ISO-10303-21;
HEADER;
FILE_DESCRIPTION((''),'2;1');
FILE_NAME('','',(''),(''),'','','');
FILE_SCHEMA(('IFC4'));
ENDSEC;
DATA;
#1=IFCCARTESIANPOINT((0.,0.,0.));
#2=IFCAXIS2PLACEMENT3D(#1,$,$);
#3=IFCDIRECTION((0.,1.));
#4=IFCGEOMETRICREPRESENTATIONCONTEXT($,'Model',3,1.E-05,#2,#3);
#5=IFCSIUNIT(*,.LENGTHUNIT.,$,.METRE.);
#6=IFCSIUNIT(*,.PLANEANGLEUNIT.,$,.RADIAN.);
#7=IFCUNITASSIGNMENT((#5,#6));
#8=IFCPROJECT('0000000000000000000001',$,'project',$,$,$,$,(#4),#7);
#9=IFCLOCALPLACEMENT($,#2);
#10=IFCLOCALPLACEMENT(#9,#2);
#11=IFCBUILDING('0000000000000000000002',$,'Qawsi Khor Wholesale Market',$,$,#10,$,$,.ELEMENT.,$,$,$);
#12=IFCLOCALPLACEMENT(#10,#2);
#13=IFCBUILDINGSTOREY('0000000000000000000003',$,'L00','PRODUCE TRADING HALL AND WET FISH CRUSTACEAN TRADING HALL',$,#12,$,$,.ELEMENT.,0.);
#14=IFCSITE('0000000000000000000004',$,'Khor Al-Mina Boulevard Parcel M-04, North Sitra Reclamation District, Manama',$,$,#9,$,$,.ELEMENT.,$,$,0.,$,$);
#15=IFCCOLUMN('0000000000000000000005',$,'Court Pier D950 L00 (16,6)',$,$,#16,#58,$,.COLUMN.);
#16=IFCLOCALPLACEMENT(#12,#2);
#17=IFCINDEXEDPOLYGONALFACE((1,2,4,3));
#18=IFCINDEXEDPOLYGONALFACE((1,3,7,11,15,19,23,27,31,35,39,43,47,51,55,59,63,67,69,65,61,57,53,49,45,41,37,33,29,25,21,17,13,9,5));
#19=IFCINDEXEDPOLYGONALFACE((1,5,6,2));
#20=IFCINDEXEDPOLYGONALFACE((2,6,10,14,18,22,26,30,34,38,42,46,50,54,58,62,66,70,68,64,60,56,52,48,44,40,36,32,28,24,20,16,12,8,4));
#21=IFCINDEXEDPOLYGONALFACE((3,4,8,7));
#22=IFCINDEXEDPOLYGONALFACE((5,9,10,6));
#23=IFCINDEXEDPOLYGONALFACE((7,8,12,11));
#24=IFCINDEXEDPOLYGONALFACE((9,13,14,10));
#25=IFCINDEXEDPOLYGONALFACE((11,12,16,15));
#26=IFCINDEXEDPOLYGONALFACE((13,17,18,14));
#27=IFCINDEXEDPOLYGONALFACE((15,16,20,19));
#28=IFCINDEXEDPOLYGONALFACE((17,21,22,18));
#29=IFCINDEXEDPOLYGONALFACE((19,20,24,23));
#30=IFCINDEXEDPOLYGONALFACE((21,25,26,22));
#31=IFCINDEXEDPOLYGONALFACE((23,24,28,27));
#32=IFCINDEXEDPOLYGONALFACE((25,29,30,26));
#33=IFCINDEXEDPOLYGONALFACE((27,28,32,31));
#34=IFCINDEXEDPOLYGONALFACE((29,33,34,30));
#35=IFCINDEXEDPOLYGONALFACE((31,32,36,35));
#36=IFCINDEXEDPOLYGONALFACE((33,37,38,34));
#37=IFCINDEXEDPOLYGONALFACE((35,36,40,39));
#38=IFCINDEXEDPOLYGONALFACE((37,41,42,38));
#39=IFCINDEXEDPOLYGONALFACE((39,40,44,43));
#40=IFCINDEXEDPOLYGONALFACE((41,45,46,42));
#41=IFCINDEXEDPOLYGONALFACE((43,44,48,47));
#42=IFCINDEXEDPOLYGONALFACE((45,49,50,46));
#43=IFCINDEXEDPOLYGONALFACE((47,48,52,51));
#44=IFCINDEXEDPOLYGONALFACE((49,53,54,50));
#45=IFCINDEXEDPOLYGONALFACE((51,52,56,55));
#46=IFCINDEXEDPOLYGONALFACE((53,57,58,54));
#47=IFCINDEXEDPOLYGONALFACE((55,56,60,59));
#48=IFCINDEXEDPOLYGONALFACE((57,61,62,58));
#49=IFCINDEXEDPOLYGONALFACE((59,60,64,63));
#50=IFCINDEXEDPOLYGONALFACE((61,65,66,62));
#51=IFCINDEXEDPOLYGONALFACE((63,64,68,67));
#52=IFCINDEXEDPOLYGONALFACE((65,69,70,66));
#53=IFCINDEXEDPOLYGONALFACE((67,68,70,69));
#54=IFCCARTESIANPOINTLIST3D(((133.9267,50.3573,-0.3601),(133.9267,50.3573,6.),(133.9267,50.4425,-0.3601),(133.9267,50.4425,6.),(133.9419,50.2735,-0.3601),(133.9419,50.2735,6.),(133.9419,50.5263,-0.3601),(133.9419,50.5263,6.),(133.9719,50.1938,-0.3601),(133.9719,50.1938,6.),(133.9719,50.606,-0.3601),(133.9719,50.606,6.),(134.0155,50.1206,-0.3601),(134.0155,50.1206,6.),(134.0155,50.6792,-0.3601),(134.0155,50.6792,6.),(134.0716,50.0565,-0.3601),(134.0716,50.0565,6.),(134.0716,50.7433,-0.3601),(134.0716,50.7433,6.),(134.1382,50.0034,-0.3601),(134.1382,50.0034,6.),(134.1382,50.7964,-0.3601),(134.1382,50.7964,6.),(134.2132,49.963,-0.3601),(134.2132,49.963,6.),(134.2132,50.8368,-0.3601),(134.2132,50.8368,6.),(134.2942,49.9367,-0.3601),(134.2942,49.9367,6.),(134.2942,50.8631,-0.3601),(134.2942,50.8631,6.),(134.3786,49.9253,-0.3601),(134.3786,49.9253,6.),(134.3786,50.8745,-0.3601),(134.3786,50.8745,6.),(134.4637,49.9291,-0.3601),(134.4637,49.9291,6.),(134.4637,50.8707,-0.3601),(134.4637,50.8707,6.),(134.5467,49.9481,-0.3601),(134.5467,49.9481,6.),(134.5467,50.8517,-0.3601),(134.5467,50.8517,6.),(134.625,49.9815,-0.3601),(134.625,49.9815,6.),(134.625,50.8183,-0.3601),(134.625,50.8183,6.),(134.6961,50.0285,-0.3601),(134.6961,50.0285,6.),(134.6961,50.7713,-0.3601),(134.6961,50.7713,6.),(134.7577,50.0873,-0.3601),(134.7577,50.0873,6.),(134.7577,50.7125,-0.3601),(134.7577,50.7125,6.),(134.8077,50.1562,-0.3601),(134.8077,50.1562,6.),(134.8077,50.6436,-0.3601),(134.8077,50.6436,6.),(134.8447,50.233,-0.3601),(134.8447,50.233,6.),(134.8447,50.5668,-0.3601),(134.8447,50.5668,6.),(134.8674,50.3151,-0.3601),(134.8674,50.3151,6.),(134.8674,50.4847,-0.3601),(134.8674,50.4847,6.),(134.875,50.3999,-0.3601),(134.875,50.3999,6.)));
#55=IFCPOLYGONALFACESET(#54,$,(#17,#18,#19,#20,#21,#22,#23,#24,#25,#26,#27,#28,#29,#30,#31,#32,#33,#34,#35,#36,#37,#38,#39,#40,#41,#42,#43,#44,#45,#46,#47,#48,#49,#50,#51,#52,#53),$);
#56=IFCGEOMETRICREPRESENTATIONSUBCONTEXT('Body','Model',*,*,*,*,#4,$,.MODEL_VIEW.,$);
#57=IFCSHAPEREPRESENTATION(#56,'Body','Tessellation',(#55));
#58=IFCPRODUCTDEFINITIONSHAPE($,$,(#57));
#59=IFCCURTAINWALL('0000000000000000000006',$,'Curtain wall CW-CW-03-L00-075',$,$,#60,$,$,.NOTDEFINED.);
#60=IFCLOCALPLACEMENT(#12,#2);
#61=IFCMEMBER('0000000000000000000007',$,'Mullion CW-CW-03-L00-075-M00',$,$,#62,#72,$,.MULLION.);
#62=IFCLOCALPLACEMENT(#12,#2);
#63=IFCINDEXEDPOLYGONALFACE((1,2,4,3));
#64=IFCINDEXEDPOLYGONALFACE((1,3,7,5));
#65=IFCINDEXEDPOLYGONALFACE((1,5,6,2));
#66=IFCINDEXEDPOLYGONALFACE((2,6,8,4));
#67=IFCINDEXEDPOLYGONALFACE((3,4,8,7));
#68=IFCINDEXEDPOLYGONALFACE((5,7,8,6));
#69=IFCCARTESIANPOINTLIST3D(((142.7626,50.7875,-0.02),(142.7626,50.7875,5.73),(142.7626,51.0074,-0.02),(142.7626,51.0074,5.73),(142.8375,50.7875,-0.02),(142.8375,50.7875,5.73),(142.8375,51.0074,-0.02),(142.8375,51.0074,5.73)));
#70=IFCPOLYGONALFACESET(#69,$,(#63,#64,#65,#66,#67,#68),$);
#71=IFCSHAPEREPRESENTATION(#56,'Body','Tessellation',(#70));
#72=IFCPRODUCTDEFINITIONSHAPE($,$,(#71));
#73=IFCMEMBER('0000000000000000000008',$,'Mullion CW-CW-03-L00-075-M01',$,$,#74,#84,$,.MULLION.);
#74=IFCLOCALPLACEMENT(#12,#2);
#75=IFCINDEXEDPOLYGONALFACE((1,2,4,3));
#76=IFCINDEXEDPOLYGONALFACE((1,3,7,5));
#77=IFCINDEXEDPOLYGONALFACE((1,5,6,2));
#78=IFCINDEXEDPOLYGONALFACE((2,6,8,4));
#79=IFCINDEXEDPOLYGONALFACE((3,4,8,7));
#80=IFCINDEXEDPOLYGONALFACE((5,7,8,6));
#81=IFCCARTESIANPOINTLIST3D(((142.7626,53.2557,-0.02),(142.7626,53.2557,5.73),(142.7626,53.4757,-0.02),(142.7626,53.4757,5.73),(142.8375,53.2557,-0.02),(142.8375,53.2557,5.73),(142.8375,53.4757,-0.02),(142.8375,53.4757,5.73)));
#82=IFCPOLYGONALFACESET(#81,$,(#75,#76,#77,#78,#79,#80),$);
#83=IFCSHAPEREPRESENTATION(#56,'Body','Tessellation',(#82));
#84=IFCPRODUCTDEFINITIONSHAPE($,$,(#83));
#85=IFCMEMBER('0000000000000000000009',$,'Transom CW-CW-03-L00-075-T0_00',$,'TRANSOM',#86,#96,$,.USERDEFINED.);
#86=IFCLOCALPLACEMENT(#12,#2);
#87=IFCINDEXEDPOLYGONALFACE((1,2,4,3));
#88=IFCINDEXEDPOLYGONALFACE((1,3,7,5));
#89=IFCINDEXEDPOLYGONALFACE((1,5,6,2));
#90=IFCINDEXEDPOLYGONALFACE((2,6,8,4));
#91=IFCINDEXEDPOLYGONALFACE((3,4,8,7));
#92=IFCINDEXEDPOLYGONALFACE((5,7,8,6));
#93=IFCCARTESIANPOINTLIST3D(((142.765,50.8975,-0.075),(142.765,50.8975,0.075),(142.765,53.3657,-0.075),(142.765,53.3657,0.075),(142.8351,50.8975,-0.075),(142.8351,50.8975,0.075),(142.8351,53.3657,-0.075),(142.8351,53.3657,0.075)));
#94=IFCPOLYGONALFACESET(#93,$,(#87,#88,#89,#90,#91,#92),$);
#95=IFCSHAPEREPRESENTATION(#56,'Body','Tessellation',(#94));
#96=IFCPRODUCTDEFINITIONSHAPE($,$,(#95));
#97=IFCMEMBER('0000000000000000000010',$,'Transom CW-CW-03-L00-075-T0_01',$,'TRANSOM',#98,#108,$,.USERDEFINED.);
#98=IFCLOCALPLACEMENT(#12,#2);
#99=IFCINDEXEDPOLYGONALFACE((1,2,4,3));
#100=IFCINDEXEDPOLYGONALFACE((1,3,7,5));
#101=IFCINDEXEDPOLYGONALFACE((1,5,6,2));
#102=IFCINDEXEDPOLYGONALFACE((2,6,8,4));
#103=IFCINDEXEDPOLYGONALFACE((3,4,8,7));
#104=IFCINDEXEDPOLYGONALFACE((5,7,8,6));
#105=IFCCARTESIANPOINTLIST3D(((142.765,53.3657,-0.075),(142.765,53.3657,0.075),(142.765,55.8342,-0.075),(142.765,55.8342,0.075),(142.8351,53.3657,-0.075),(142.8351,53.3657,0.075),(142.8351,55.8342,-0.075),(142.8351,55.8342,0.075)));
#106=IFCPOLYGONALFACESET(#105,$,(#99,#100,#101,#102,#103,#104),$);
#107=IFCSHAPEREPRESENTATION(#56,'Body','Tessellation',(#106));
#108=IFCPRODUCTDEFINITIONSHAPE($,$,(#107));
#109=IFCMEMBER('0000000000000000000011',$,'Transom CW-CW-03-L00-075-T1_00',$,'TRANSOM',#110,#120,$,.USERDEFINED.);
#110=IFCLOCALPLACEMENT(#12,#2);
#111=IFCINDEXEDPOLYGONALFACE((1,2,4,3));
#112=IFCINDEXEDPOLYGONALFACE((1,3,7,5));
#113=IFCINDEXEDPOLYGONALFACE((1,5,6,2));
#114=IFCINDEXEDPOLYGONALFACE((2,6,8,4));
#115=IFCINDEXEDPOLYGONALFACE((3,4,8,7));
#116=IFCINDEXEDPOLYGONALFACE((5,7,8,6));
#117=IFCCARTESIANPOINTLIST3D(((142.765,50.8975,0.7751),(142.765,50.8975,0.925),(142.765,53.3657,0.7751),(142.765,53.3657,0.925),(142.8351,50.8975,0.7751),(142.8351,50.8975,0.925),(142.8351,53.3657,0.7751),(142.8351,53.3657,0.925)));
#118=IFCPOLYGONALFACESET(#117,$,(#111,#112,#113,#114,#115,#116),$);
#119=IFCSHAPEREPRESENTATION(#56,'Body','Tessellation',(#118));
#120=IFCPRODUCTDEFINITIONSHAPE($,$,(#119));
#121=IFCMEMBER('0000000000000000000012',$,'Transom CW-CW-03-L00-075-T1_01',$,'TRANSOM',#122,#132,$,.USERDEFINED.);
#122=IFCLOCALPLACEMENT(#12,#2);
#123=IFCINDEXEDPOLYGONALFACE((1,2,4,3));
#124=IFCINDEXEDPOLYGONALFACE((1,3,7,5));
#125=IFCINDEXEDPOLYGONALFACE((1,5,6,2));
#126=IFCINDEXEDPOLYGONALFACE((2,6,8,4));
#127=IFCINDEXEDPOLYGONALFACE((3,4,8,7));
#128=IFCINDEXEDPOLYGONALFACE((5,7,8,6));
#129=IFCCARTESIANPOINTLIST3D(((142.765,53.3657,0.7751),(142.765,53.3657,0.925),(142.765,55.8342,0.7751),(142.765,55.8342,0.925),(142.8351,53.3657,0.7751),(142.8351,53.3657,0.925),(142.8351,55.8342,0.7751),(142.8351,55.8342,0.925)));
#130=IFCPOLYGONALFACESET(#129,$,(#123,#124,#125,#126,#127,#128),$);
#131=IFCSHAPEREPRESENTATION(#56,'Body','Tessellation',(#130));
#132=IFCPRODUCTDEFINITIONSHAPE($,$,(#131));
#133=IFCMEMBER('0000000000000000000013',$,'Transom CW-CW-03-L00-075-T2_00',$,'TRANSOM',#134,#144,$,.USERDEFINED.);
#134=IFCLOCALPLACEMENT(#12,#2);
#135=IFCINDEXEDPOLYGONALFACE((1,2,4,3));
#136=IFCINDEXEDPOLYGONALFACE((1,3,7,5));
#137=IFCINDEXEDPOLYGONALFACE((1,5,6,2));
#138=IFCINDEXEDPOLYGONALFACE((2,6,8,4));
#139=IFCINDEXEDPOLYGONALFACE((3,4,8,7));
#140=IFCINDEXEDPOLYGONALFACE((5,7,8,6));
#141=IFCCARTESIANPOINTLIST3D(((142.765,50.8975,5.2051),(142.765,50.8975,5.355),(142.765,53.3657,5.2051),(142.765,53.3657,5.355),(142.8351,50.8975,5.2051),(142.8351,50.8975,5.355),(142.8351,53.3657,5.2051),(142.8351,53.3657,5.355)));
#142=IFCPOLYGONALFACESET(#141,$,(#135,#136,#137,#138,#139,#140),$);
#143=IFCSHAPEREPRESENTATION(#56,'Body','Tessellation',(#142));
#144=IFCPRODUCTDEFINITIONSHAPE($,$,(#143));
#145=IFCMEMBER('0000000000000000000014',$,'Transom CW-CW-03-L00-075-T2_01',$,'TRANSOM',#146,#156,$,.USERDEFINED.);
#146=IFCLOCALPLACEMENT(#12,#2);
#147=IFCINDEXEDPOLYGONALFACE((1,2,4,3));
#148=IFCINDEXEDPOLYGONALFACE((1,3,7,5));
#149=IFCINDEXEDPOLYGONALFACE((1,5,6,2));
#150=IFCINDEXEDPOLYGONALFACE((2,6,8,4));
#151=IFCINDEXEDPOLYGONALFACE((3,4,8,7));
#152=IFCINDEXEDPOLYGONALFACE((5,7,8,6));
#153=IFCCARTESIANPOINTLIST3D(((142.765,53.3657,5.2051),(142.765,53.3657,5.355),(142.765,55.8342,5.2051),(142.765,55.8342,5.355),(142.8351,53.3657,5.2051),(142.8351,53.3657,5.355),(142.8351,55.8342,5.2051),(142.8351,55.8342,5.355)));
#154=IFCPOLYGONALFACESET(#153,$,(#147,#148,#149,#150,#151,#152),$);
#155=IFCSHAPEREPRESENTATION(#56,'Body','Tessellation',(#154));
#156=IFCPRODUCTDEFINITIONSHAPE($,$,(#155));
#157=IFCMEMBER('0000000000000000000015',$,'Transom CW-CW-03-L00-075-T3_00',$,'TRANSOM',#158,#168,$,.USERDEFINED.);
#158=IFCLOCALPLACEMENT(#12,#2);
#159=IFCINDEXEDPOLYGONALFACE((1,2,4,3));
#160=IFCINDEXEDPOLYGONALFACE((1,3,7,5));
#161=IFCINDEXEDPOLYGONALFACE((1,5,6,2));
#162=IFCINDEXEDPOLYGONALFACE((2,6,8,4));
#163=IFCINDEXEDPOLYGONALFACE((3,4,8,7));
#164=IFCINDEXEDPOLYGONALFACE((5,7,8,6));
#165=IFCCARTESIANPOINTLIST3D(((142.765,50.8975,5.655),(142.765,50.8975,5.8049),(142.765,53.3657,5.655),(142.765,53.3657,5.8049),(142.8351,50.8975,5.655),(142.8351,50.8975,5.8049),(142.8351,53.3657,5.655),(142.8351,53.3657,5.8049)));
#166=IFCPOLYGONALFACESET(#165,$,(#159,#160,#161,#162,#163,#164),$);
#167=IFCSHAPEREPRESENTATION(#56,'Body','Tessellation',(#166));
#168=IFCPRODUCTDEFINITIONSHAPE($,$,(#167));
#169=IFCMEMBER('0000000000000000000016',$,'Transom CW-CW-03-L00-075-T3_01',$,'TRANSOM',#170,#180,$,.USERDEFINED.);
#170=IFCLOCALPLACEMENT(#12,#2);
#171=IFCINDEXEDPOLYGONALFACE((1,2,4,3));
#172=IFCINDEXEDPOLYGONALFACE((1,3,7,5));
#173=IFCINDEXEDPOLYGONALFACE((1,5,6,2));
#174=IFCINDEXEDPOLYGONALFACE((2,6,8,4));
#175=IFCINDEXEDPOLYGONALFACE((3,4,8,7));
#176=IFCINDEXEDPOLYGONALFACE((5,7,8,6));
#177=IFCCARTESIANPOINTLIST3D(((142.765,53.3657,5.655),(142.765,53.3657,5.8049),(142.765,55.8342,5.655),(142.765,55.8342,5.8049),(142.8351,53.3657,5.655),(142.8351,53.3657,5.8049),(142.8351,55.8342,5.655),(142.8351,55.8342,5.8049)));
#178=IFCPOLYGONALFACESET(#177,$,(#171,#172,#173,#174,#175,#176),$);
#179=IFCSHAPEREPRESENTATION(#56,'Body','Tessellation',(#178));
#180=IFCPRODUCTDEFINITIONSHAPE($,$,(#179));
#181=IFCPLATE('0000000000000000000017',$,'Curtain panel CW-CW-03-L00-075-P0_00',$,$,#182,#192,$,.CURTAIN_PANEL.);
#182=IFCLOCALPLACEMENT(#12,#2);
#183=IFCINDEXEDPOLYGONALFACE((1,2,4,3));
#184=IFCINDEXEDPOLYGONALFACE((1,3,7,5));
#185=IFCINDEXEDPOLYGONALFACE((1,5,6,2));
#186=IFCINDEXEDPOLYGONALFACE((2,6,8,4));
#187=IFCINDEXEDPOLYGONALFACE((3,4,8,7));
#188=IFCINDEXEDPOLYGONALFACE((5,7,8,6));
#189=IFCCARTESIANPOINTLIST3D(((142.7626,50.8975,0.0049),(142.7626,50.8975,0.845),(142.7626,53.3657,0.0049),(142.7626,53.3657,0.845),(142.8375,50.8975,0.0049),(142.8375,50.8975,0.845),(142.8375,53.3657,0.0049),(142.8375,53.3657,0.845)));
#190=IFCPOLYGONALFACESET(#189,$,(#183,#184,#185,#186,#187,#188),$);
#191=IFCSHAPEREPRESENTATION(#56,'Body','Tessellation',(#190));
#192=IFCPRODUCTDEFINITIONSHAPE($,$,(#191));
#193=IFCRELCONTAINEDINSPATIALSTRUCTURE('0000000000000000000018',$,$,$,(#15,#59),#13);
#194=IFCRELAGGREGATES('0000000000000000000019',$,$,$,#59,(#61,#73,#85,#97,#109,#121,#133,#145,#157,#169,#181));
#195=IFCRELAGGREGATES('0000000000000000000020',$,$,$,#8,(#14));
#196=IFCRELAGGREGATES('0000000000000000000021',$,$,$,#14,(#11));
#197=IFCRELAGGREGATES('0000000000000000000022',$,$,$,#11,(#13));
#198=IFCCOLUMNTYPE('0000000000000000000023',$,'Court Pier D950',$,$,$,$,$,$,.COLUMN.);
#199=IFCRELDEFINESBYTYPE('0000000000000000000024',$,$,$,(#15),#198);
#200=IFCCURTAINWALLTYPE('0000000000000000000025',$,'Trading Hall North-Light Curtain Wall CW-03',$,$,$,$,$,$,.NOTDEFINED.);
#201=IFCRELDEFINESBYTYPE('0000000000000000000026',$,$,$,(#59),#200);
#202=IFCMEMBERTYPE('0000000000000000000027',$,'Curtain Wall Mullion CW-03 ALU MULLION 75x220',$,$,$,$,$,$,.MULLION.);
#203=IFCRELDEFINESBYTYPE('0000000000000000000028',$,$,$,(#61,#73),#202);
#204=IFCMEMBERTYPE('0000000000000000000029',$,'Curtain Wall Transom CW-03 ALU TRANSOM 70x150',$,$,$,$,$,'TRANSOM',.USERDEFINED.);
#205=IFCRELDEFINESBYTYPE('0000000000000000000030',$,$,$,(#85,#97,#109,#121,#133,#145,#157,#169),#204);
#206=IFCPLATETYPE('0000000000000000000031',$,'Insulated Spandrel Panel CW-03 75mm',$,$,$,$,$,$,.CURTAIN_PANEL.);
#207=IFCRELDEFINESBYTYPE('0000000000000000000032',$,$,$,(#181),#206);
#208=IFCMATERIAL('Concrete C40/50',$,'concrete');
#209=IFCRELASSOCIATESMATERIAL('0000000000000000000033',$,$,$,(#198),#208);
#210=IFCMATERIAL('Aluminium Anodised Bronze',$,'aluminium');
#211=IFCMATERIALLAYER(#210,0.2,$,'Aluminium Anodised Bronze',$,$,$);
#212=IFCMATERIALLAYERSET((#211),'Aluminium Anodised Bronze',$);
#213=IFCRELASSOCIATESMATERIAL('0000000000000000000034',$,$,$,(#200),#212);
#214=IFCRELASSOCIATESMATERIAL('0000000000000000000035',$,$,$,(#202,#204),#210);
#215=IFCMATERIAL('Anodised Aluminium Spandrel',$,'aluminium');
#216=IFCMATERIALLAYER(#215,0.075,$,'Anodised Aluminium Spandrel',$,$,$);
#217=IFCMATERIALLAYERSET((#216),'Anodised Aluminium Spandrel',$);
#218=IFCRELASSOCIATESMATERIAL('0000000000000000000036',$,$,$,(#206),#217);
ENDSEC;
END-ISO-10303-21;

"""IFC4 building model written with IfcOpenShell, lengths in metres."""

from ifc_helpers import new_model, si_unit, direction, frame, frame_2d, origin, origin_2d, place, context, subcontext, project, spatial, rectangle, circle, extrude, material, layer, layer_set, material_profile, profile_set, type_object, element, aggregate, save


model = new_model("IFC4")

# Units and contexts
model_context = context("Model", 3, precision=1e-05, world=origin(), true_north=direction((0.0, 1.0)))
body_context = subcontext(model_context, "Body", "Model", "MODEL_VIEW")
ifc_project = project(units=[si_unit("LENGTHUNIT", "METRE"), si_unit("PLANEANGLEUNIT", "RADIAN")], contexts=[model_context])

# Site, building, storey
site_placement = place(None, origin())
site = spatial("IfcSite", under=ifc_project, at=site_placement, Name="Khor Al-Mina Boulevard Parcel M-04, North Sitra Reclamation District, Manama", CompositionType="ELEMENT", RefElevation=0.0)
building_placement = place(site_placement, origin())
building = spatial("IfcBuilding", under=site, at=building_placement, Name="Qawsi Khor Wholesale Market", CompositionType="ELEMENT")
storey_placement = place(building_placement, origin())
storey = spatial("IfcBuildingStorey", under=building, at=storey_placement, Name="L00", Description="PRODUCE TRADING HALL AND WET FISH CRUSTACEAN TRADING HALL", CompositionType="ELEMENT", Elevation=0.0)

# Column
ifc_material_1 = material(Name="Concrete C40/50", Category="concrete")
ifc_material_profile_1 = material_profile(ifc_material_1, circle(Radius=0.4751, at=origin_2d()), Name="RC COL D950")
ifc_profile_set_1 = profile_set([ifc_material_profile_1], Name="Concrete C40/50")
column_type_1 = type_object("IfcColumnType", Name="Court Pier D950", PredefinedType="COLUMN", material=ifc_profile_set_1)
column_1_placement = place(storey_placement, frame((134.3999, 50.3999, -0.3601), z_axis=(0.0, 0.0, 1.0), x_axis=(1.0, 0.0, 0.0)))
element("IfcColumn", 1, at=column_1_placement, inside=storey, type_object=column_type_1, Name="Court Pier D950 L00 (16,6)", PredefinedType="COLUMN", context=body_context, shape_type="SweptSolid", body=[
    extrude(circle(Radius=0.4751, at=origin_2d()), origin(), (0.0, 0.0, 1.0), 6.3601),
])

# Curtain wall, members, plate
ifc_material_2 = material(Name="Aluminium Anodised Bronze", Category="aluminium")
ifc_layer_1 = layer(ifc_material_2, 0.2, Name="Aluminium Anodised Bronze")
ifc_layer_set_1 = layer_set([ifc_layer_1], Name="Aluminium Anodised Bronze")
curtain_wall_type = type_object("IfcCurtainWallType", Name="Trading Hall North-Light Curtain Wall CW-03", PredefinedType="NOTDEFINED", material=ifc_layer_set_1)
curtain_wall_placement = place(storey_placement, origin())
curtain_wall = element("IfcCurtainWall", 2, at=curtain_wall_placement, inside=storey, type_object=curtain_wall_type, Name="Curtain wall CW-CW-03-L00-075", PredefinedType="NOTDEFINED")
ifc_material_profile_2 = material_profile(ifc_material_2, rectangle(XDim=0.075, YDim=0.22, at=origin_2d()), Name="ALU MULLION 75x220")
ifc_profile_set_2 = profile_set([ifc_material_profile_2], Name="Aluminium Anodised Bronze")
member_type_1 = type_object("IfcMemberType", Name="Curtain Wall Mullion CW-03 ALU MULLION 75x220", PredefinedType="MULLION", material=ifc_profile_set_2)
member_1_placement = place(storey_placement, frame((142.8, 50.8975, -0.02), z_axis=(0.0, 0.0, 1.0), x_axis=(1.0, 0.0, 0.0)))
member_1 = element("IfcMember", 3, at=member_1_placement, type_object=member_type_1, Name="Mullion CW-CW-03-L00-075-M00", PredefinedType="MULLION", context=body_context, shape_type="SweptSolid", body=[
    extrude(rectangle(XDim=0.075, YDim=0.22, at=origin_2d()), origin(), (0.0, 0.0, 1.0), 5.75),
])
member_2_placement = place(storey_placement, frame((142.8, 53.3657, -0.02), z_axis=(0.0, 0.0, 1.0), x_axis=(1.0, 0.0, 0.0)))
member_2 = element("IfcMember", 4, at=member_2_placement, type_object=member_type_1, Name="Mullion CW-CW-03-L00-075-M01", PredefinedType="MULLION", context=body_context, shape_type="SweptSolid", body=[
    extrude(rectangle(XDim=0.075, YDim=0.22, at=origin_2d()), origin(), (0.0, 0.0, 1.0), 5.75),
])
ifc_material_profile_3 = material_profile(ifc_material_2, rectangle(XDim=0.0701, YDim=0.1499, at=origin_2d()), Name="ALU TRANSOM 70x150")
ifc_profile_set_3 = profile_set([ifc_material_profile_3], Name="Aluminium Anodised Bronze")
member_type_2 = type_object("IfcMemberType", Name="Curtain Wall Transom CW-03 ALU TRANSOM 70x150", ElementType="TRANSOM", PredefinedType="USERDEFINED", material=ifc_profile_set_3)
member_3_placement = place(storey_placement, frame((142.8, 50.8975, 0.0), z_axis=(0.0, 1.0, 0.0), x_axis=(-1.0, 0.0, 0.0)))
member_3 = element("IfcMember", 5, at=member_3_placement, type_object=member_type_2, Name="Transom CW-CW-03-L00-075-T0_00", ObjectType="TRANSOM", PredefinedType="USERDEFINED", context=body_context, shape_type="SweptSolid", body=[
    extrude(rectangle(XDim=0.0701, YDim=0.1499, at=origin_2d()), origin(), (0.0, 0.0, 1.0), 2.4683),
])
member_4_placement = place(storey_placement, frame((142.8, 53.3657, 0.0), z_axis=(0.0, 1.0, 0.0), x_axis=(-1.0, 0.0, 0.0)))
member_4 = element("IfcMember", 6, at=member_4_placement, type_object=member_type_2, Name="Transom CW-CW-03-L00-075-T0_01", ObjectType="TRANSOM", PredefinedType="USERDEFINED", context=body_context, shape_type="SweptSolid", body=[
    extrude(rectangle(XDim=0.0701, YDim=0.1499, at=origin_2d()), origin(), (0.0, 0.0, 1.0), 2.4685),
])
member_5_placement = place(storey_placement, frame((142.8, 50.8975, 0.8501), z_axis=(0.0, 1.0, 0.0), x_axis=(-1.0, 0.0, 0.0)))
member_5 = element("IfcMember", 7, at=member_5_placement, type_object=member_type_2, Name="Transom CW-CW-03-L00-075-T1_00", ObjectType="TRANSOM", PredefinedType="USERDEFINED", context=body_context, shape_type="SweptSolid", body=[
    extrude(rectangle(XDim=0.0701, YDim=0.1499, at=origin_2d()), origin(), (0.0, 0.0, 1.0), 2.4683),
])
member_6_placement = place(storey_placement, frame((142.8, 53.3657, 0.8501), z_axis=(0.0, 1.0, 0.0), x_axis=(-1.0, 0.0, 0.0)))
member_6 = element("IfcMember", 8, at=member_6_placement, type_object=member_type_2, Name="Transom CW-CW-03-L00-075-T1_01", ObjectType="TRANSOM", PredefinedType="USERDEFINED", context=body_context, shape_type="SweptSolid", body=[
    extrude(rectangle(XDim=0.0701, YDim=0.1499, at=origin_2d()), origin(), (0.0, 0.0, 1.0), 2.4685),
])
member_7_placement = place(storey_placement, frame((142.8, 50.8975, 5.28), z_axis=(0.0, 1.0, 0.0), x_axis=(-1.0, 0.0, 0.0)))
member_7 = element("IfcMember", 9, at=member_7_placement, type_object=member_type_2, Name="Transom CW-CW-03-L00-075-T2_00", ObjectType="TRANSOM", PredefinedType="USERDEFINED", context=body_context, shape_type="SweptSolid", body=[
    extrude(rectangle(XDim=0.0701, YDim=0.1499, at=origin_2d()), origin(), (0.0, 0.0, 1.0), 2.4683),
])
member_8_placement = place(storey_placement, frame((142.8, 53.3657, 5.28), z_axis=(0.0, 1.0, 0.0), x_axis=(-1.0, 0.0, 0.0)))
member_8 = element("IfcMember", 10, at=member_8_placement, type_object=member_type_2, Name="Transom CW-CW-03-L00-075-T2_01", ObjectType="TRANSOM", PredefinedType="USERDEFINED", context=body_context, shape_type="SweptSolid", body=[
    extrude(rectangle(XDim=0.0701, YDim=0.1499, at=origin_2d()), origin(), (0.0, 0.0, 1.0), 2.4685),
])
member_9_placement = place(storey_placement, frame((142.8, 50.8975, 5.73), z_axis=(0.0, 1.0, 0.0), x_axis=(-1.0, 0.0, 0.0)))
member_9 = element("IfcMember", 11, at=member_9_placement, type_object=member_type_2, Name="Transom CW-CW-03-L00-075-T3_00", ObjectType="TRANSOM", PredefinedType="USERDEFINED", context=body_context, shape_type="SweptSolid", body=[
    extrude(rectangle(XDim=0.0701, YDim=0.1499, at=origin_2d()), origin(), (0.0, 0.0, 1.0), 2.4683),
])
member_10_placement = place(storey_placement, frame((142.8, 53.3657, 5.73), z_axis=(0.0, 1.0, 0.0), x_axis=(-1.0, 0.0, 0.0)))
member_10 = element("IfcMember", 12, at=member_10_placement, type_object=member_type_2, Name="Transom CW-CW-03-L00-075-T3_01", ObjectType="TRANSOM", PredefinedType="USERDEFINED", context=body_context, shape_type="SweptSolid", body=[
    extrude(rectangle(XDim=0.0701, YDim=0.1499, at=origin_2d()), origin(), (0.0, 0.0, 1.0), 2.4685),
])
ifc_material_3 = material(Name="Anodised Aluminium Spandrel", Category="aluminium")
ifc_layer_2 = layer(ifc_material_3, 0.075, Name="Anodised Aluminium Spandrel")
ifc_layer_set_2 = layer_set([ifc_layer_2], Name="Anodised Aluminium Spandrel")
plate_type_1 = type_object("IfcPlateType", Name="Insulated Spandrel Panel CW-03 75mm", PredefinedType="CURTAIN_PANEL", material=ifc_layer_set_2)
plate_1_placement = place(storey_placement, frame((142.8, 50.8975, 0.0049), z_axis=(0.0, 0.0, 1.0), x_axis=(0.0, 1.0, 0.0)))
plate_1 = element("IfcPlate", 13, at=plate_1_placement, type_object=plate_type_1, Name="Curtain panel CW-CW-03-L00-075-P0_00", PredefinedType="CURTAIN_PANEL", context=body_context, shape_type="SweptSolid", body=[
    extrude(rectangle(XDim=2.4683, YDim=0.075, at=frame_2d((1.2341, 0.0))), origin(), (0.0, 0.0, 1.0), 0.8401),
])
aggregate(curtain_wall, [member_1, member_2, member_3, member_4, member_5, member_6, member_7, member_8, member_9, member_10, plate_1])

save(model, "model.ifc")
